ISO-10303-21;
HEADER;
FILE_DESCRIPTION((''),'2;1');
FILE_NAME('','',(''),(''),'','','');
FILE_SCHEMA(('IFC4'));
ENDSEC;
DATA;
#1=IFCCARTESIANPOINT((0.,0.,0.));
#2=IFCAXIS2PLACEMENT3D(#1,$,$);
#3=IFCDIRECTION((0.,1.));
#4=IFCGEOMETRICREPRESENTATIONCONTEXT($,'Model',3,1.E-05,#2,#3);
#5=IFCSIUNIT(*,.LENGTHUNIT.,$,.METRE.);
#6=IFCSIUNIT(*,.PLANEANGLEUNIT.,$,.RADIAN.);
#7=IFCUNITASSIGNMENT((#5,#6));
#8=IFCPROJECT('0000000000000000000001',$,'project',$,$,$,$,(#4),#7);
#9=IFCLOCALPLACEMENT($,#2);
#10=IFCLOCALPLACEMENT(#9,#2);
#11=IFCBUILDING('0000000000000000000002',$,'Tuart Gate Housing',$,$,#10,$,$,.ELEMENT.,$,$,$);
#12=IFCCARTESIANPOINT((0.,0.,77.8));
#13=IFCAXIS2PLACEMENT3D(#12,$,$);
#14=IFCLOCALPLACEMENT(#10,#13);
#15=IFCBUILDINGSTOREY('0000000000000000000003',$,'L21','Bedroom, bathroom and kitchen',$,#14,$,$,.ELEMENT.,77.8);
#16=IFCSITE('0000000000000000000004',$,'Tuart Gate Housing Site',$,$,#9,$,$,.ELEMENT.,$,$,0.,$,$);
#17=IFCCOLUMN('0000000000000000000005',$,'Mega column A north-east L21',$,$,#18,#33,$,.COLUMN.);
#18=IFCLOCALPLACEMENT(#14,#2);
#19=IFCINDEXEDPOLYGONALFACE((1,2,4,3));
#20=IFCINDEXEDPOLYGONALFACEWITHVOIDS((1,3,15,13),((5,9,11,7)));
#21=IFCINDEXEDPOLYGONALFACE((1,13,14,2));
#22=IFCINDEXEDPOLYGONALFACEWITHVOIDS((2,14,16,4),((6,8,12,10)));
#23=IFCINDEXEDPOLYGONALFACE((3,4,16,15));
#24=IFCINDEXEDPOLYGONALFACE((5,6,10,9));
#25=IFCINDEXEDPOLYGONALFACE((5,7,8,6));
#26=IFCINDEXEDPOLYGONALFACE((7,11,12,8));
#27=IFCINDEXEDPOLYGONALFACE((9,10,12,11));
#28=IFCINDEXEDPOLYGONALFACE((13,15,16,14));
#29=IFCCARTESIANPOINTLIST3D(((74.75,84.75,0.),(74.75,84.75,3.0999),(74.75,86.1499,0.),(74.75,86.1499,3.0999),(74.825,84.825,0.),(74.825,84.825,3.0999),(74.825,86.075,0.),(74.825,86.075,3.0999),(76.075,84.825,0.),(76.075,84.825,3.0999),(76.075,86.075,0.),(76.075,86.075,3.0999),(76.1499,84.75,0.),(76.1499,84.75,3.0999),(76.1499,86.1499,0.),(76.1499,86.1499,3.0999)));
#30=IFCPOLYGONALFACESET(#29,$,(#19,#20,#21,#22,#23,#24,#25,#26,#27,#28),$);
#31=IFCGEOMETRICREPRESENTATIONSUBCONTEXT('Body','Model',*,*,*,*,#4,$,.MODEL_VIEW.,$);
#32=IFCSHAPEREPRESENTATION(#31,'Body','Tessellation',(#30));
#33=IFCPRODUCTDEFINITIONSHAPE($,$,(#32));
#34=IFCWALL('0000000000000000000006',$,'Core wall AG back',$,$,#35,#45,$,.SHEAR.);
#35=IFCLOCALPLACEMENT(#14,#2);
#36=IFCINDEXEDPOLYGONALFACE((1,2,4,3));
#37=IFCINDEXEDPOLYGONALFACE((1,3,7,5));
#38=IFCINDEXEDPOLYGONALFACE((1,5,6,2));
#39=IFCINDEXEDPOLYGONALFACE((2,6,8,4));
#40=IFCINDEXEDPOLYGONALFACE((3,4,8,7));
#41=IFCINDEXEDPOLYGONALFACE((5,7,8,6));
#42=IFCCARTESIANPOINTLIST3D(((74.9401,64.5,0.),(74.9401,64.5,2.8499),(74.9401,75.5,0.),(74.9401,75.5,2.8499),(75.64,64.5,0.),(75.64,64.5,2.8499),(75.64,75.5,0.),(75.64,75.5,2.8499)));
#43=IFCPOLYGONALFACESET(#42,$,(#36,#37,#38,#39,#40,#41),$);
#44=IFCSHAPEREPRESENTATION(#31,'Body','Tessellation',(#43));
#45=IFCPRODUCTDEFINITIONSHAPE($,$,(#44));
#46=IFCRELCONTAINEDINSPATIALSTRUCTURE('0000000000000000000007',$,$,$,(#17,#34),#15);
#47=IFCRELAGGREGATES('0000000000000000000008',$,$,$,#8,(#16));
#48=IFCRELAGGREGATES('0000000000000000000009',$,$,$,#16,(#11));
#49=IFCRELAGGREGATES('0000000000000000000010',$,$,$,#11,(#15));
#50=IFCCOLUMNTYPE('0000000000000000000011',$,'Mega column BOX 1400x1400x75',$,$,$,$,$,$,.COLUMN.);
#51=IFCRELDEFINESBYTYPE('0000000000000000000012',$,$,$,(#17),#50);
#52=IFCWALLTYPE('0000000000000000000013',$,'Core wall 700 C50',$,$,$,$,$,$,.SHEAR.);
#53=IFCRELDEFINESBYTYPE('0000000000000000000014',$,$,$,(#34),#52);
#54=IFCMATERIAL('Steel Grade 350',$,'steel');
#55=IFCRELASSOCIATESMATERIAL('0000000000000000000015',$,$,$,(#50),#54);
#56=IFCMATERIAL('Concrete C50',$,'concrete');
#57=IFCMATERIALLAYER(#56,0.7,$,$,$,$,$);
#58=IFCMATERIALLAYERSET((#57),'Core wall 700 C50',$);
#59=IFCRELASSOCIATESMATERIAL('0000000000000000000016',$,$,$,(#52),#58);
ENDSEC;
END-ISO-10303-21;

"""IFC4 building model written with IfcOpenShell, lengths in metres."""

from ifc_helpers import new_model, si_unit, direction, frame, frame_2d, origin, origin_2d, place, context, subcontext, project, spatial, rectangle, hollow_rectangle, extrude, material, layer, layer_set, material_profile, profile_set, type_object, element, save


model = new_model("IFC4")

# Units and contexts
model_context = context("Model", 3, precision=1e-05, world=origin(), true_north=direction((0.0, 1.0)))
body_context = subcontext(model_context, "Body", "Model", "MODEL_VIEW")
ifc_project = project(units=[si_unit("LENGTHUNIT", "METRE"), si_unit("PLANEANGLEUNIT", "RADIAN")], contexts=[model_context])

# Site, building, storey
site_placement = place(None, origin())
site = spatial("IfcSite", under=ifc_project, at=site_placement, Name="Tuart Gate Housing Site", CompositionType="ELEMENT", RefElevation=0.0)
building_placement = place(site_placement, origin())
building = spatial("IfcBuilding", under=site, at=building_placement, Name="Tuart Gate Housing", CompositionType="ELEMENT")
storey_placement = place(building_placement, frame((0.0, 0.0, 77.8)))
storey = spatial("IfcBuildingStorey", under=building, at=storey_placement, Name="L21", Description="Bedroom, bathroom and kitchen", CompositionType="ELEMENT", Elevation=77.8)

# Column
ifc_material_1 = material(Name="Steel Grade 350", Category="steel")
ifc_material_profile = material_profile(ifc_material_1, hollow_rectangle(XDim=1.3999, YDim=1.3999, WallThickness=0.075, at=origin_2d()), Name="BOX 1400x1400x75")
ifc_profile_set = profile_set([ifc_material_profile], Name="Steel Grade 350")
column_type = type_object("IfcColumnType", Name="Mega column BOX 1400x1400x75", PredefinedType="COLUMN", material=ifc_profile_set)
column_placement = place(storey_placement, frame((75.45, 85.45, 0.0), z_axis=(0.0, 0.0, 1.0), x_axis=(1.0, 0.0, 0.0)))
element("IfcColumn", 1, at=column_placement, inside=storey, type_object=column_type, Name="Mega column A north-east L21", PredefinedType="COLUMN", context=body_context, shape_type="SweptSolid", body=[
    extrude(hollow_rectangle(XDim=1.3999, YDim=1.3999, WallThickness=0.075, at=origin_2d()), origin(), (0.0, 0.0, 1.0), 3.0999),
])

# Wall
ifc_material_2 = material(Name="Concrete C50", Category="concrete")
ifc_layer_1 = layer(ifc_material_2, 0.7)
ifc_layer_set_1 = layer_set([ifc_layer_1], Name="Core wall 700 C50")
wall_type_1 = type_object("IfcWallType", Name="Core wall 700 C50", PredefinedType="SHEAR", material=ifc_layer_set_1)
wall_1_placement = place(storey_placement, frame((75.29, 64.5, 0.0), z_axis=(0.0, 0.0, 1.0), x_axis=(0.0, 1.0, 0.0)))
element("IfcWall", 2, at=wall_1_placement, inside=storey, type_object=wall_type_1, Name="Core wall AG back", PredefinedType="SHEAR", context=body_context, shape_type="SweptSolid", body=[
    extrude(rectangle(XDim=11.0, YDim=0.7, at=frame_2d((5.5, 0.0))), origin(), (0.0, 0.0, 1.0), 2.8499),
])

save(model, "model.ifc")
